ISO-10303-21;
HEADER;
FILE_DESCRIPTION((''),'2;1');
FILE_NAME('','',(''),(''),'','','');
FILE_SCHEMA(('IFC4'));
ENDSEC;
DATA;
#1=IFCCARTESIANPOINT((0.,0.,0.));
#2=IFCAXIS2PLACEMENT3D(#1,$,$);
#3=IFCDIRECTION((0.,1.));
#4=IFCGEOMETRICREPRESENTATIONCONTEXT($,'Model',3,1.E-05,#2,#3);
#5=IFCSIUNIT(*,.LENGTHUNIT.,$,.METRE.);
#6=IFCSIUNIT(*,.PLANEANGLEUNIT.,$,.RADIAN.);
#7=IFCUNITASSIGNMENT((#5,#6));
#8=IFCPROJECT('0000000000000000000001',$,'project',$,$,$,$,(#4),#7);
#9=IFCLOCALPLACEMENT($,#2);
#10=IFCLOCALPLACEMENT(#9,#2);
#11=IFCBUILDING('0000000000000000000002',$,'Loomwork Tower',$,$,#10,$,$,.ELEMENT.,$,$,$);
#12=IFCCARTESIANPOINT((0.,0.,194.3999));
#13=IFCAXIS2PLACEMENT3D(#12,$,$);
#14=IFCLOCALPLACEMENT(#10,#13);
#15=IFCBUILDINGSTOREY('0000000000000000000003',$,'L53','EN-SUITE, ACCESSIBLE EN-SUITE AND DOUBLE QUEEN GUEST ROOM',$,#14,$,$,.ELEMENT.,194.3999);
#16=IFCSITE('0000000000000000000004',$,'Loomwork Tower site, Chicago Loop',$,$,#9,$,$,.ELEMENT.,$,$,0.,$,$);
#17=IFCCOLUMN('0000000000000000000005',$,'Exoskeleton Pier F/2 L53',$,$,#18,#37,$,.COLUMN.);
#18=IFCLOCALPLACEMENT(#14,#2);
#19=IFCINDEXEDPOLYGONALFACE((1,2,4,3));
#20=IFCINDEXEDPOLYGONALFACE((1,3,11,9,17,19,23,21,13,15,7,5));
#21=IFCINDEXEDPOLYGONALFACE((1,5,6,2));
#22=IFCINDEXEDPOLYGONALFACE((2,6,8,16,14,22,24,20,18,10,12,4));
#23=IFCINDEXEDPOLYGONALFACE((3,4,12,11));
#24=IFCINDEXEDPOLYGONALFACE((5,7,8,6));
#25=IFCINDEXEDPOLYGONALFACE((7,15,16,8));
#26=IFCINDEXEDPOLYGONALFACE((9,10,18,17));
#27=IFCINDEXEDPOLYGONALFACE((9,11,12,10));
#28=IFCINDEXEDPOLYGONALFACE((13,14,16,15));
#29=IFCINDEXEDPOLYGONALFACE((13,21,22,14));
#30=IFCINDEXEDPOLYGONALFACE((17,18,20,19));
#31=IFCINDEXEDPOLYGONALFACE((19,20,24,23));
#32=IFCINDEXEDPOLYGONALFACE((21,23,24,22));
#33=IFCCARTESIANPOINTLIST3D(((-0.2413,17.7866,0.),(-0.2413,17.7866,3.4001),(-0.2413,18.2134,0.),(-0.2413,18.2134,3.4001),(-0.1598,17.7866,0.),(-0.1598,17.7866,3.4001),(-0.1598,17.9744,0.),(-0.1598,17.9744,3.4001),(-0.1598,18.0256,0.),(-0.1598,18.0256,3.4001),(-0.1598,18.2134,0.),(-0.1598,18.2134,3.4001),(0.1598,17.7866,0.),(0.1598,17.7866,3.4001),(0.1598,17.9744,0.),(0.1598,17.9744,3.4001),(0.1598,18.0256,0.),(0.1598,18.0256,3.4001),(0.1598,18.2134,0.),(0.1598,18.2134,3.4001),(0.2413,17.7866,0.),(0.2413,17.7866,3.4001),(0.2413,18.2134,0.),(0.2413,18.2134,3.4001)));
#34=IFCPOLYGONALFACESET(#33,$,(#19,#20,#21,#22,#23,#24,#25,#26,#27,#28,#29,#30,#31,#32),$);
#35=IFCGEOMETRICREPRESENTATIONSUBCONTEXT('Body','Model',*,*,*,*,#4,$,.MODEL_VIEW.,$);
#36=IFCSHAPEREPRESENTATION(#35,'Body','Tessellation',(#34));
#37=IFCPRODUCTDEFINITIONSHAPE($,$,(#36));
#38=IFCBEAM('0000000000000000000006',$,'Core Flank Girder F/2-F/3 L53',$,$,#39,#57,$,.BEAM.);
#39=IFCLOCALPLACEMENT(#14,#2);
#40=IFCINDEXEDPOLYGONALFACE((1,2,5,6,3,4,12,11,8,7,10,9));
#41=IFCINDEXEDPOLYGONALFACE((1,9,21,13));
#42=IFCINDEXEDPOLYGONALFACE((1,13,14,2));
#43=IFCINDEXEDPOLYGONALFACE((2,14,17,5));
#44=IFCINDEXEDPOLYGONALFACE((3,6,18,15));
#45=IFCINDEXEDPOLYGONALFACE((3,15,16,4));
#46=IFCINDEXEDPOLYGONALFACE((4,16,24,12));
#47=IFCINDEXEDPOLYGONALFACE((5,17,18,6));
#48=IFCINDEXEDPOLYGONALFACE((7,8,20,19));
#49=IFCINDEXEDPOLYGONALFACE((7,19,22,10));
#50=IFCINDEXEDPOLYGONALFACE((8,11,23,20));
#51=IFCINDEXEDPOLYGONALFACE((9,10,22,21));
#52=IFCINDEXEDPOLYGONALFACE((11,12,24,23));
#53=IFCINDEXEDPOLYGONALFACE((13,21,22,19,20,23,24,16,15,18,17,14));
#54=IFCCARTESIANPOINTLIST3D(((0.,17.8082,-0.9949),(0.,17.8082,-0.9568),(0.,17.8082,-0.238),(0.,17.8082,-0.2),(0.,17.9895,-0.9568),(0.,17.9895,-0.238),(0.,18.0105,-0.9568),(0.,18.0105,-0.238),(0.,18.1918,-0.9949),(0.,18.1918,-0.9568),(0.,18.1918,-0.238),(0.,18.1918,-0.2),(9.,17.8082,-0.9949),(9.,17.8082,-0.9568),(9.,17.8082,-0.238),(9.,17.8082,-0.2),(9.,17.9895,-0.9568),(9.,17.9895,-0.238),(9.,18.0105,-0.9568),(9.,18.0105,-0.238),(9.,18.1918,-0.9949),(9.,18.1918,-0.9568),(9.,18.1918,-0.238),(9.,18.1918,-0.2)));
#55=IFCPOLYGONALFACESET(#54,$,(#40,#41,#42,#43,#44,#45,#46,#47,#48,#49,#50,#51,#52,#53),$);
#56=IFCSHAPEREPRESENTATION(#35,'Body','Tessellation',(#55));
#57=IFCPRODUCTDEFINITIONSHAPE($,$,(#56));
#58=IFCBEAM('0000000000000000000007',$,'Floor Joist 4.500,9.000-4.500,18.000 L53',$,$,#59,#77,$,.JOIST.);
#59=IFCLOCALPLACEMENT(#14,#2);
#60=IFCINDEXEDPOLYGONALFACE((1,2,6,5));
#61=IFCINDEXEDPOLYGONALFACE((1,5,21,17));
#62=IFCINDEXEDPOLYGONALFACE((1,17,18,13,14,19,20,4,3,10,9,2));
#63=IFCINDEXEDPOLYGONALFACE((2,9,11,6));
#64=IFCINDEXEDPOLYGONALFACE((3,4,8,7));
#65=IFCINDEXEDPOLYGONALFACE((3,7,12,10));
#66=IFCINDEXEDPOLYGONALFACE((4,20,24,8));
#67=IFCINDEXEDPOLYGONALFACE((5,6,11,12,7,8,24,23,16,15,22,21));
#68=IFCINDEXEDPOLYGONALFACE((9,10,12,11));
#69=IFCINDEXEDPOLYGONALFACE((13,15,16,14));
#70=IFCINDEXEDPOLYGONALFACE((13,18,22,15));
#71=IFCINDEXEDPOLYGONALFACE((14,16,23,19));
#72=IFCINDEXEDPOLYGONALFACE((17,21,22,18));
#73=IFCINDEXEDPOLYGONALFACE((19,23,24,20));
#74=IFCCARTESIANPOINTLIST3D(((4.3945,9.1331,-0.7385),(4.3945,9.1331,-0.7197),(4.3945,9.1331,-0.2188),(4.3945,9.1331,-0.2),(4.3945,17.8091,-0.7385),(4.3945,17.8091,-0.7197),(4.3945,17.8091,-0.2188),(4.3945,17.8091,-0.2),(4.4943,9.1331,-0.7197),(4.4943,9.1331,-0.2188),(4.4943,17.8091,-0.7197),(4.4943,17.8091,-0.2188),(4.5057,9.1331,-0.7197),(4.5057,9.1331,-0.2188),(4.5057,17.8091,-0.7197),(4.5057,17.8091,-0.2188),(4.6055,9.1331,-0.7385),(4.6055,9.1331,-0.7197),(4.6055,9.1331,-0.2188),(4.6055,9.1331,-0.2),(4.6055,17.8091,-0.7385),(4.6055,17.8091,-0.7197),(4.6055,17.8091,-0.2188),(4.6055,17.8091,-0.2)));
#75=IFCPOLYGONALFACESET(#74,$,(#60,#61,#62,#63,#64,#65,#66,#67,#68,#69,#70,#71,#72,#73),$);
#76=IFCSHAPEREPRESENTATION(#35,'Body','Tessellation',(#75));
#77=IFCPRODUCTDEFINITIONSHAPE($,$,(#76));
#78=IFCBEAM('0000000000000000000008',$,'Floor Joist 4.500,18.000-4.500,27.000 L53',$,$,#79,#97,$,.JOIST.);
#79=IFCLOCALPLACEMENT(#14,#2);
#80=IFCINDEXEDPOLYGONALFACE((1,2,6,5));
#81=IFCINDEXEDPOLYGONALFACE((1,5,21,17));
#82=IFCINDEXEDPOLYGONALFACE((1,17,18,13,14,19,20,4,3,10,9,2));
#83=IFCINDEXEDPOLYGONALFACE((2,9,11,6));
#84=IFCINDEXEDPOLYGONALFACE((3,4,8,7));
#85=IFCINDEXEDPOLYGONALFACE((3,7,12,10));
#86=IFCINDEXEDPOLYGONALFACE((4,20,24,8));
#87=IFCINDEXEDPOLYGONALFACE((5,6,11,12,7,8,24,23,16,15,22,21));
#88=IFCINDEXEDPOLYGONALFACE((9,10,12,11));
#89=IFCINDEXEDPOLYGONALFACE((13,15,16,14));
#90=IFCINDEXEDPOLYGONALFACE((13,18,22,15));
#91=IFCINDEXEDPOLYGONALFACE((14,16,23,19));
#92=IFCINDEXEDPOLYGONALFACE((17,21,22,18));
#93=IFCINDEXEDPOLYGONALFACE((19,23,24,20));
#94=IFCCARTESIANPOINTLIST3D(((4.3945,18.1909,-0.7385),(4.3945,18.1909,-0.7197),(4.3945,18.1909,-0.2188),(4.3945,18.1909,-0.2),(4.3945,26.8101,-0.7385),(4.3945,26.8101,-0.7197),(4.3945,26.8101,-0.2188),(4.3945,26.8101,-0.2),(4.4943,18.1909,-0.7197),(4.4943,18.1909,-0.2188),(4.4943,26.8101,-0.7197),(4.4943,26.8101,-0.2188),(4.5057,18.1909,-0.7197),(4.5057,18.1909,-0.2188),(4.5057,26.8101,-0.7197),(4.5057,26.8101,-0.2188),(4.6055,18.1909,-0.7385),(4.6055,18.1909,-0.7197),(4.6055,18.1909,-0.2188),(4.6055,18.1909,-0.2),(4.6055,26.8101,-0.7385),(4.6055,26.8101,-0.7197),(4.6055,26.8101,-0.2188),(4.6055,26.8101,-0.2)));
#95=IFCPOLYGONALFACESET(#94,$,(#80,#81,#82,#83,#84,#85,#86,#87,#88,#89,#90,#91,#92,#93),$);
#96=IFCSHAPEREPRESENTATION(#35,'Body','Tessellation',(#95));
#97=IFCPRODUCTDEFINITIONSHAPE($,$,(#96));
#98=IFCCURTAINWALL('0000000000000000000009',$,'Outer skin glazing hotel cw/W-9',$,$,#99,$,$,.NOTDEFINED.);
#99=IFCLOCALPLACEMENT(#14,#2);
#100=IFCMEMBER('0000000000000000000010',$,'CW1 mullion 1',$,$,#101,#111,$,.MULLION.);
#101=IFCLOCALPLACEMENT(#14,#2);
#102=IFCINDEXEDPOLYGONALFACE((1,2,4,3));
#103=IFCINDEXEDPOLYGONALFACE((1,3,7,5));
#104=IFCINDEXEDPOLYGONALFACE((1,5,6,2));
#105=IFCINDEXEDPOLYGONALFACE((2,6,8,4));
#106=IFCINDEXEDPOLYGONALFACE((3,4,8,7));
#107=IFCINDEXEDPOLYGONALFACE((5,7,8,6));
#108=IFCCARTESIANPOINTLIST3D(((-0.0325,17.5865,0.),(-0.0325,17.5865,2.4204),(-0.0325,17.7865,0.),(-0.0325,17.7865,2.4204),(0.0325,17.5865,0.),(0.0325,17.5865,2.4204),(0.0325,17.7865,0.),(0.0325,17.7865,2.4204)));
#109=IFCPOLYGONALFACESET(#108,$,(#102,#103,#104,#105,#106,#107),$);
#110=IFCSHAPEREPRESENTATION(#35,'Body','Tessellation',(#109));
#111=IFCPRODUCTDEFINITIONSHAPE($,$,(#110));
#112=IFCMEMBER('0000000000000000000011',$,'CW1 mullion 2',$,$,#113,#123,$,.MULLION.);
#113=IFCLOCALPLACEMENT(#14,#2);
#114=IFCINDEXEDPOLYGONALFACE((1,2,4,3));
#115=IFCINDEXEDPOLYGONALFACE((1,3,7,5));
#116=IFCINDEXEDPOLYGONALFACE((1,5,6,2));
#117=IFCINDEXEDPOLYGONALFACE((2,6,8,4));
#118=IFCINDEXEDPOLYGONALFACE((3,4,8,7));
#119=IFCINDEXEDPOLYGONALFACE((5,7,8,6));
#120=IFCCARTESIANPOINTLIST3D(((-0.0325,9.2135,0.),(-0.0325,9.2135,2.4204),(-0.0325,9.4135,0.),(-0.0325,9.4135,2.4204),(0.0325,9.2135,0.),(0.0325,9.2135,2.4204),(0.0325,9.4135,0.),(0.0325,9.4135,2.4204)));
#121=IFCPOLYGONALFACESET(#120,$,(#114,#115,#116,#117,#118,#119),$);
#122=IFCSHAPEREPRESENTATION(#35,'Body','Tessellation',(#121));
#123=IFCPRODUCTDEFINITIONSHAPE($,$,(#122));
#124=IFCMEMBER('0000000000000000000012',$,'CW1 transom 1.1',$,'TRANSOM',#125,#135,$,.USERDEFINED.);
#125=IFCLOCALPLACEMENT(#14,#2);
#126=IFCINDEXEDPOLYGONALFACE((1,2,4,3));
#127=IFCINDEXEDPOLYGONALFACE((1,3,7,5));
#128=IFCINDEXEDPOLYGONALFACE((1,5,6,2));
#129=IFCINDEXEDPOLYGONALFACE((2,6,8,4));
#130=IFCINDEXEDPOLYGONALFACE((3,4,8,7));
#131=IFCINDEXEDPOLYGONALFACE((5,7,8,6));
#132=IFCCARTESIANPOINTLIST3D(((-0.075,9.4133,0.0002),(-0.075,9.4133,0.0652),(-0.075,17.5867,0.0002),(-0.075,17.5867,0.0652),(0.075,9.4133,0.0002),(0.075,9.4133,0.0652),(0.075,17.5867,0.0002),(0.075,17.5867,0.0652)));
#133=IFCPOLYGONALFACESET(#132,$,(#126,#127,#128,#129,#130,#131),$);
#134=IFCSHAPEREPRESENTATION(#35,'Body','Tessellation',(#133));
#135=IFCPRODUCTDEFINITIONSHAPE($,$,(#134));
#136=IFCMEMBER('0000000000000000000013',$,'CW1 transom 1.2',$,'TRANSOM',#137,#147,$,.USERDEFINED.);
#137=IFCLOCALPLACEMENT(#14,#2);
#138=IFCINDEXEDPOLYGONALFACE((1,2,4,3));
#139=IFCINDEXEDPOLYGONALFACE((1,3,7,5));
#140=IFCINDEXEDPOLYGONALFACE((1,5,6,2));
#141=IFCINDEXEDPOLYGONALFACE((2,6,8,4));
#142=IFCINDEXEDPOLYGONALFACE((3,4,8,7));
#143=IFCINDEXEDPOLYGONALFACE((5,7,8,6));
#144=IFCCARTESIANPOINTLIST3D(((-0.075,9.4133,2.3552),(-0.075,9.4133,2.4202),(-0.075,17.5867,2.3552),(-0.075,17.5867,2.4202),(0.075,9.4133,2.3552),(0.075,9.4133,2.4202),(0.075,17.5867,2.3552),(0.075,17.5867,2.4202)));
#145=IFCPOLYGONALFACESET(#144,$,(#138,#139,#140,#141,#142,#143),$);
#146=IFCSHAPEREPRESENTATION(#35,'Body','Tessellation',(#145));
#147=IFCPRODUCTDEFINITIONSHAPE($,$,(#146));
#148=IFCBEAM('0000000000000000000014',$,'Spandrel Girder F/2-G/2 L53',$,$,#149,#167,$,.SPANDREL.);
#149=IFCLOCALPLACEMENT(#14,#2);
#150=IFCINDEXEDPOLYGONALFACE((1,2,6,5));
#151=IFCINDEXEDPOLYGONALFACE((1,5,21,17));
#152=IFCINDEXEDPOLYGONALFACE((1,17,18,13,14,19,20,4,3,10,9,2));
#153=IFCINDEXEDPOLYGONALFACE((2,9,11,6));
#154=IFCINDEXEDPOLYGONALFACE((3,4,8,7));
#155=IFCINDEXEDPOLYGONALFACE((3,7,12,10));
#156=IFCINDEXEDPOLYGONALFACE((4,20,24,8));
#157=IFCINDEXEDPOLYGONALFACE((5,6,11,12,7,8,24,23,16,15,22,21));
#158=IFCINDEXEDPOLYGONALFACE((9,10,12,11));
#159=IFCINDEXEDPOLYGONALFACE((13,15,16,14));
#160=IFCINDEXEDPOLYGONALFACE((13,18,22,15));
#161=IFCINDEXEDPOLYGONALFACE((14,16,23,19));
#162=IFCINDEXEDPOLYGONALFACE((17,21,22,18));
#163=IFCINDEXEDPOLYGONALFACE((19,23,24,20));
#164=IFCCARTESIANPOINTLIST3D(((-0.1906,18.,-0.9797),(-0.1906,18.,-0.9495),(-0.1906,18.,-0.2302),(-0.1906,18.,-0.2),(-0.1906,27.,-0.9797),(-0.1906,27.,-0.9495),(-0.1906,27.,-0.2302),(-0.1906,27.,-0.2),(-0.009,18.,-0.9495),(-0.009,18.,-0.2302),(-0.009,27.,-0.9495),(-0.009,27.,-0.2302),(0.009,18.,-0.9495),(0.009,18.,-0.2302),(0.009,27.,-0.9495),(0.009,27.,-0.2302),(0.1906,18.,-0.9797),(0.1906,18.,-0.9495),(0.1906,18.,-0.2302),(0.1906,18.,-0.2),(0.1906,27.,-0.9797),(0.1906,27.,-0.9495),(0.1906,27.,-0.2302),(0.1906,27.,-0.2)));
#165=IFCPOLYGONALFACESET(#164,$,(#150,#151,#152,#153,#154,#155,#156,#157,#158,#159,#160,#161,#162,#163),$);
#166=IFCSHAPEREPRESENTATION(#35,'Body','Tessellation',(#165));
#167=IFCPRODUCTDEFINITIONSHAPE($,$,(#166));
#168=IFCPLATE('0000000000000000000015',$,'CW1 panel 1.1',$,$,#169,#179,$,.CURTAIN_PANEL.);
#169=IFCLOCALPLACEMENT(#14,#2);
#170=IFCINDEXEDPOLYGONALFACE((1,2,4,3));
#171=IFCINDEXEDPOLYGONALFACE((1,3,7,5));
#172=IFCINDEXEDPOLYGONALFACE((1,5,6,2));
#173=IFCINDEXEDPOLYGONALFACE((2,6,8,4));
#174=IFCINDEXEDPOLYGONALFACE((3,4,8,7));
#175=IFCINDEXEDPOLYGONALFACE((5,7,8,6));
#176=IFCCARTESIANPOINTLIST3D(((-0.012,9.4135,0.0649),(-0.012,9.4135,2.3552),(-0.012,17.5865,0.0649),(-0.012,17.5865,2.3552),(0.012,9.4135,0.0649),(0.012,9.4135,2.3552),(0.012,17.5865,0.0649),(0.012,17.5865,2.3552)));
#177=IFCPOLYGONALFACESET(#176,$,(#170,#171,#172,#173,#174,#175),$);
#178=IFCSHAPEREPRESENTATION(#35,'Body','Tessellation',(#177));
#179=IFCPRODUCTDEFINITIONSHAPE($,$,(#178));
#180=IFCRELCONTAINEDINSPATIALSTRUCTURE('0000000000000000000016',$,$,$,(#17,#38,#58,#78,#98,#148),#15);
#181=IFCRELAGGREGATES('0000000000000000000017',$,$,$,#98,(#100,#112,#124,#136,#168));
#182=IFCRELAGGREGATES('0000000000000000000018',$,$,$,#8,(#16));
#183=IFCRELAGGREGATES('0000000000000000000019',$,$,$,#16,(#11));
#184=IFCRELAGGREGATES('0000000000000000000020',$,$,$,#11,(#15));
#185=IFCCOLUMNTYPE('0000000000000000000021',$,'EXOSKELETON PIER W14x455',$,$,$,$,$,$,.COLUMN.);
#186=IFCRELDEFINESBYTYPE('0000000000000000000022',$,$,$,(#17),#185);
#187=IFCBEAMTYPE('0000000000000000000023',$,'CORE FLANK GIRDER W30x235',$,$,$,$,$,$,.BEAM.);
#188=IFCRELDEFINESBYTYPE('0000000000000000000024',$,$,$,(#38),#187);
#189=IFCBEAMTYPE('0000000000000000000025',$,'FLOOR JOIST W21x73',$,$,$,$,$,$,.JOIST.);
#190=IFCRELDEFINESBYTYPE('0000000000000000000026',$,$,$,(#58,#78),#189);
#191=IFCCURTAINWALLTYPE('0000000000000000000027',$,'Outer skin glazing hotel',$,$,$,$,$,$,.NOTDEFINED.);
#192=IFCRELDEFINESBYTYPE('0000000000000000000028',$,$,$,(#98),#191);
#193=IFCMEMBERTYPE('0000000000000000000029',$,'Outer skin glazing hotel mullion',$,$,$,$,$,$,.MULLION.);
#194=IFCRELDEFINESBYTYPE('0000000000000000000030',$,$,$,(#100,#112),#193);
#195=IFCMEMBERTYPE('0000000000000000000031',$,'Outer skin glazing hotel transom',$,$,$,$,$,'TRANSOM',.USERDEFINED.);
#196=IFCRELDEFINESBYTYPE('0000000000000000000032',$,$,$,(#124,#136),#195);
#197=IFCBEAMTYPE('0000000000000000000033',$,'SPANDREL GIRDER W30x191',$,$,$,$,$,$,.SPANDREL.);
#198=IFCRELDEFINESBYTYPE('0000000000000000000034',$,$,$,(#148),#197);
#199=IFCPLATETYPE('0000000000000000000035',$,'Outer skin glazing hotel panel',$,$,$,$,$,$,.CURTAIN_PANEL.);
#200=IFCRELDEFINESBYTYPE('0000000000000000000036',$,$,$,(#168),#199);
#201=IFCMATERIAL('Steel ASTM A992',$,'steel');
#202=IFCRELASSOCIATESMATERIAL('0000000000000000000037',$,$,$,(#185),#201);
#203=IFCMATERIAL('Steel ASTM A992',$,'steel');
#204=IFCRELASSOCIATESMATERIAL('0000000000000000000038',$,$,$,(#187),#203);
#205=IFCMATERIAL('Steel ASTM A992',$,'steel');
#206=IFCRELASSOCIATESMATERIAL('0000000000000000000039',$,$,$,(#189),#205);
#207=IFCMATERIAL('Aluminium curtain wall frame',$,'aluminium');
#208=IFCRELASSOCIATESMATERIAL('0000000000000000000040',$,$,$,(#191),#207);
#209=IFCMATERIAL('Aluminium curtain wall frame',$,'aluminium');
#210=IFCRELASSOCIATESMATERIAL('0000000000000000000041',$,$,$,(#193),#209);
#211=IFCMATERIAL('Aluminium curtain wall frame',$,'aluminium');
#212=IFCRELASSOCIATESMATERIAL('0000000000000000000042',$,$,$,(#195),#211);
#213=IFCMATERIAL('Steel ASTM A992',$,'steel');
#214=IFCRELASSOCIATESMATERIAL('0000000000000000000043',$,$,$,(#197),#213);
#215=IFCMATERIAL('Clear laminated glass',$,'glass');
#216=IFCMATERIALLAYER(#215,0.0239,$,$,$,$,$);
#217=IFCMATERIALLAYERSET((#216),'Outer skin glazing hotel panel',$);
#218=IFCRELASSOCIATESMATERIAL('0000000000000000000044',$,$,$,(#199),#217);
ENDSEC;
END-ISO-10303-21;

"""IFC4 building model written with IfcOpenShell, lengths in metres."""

from ifc_helpers import new_model, si_unit, direction, frame, origin, origin_2d, place, context, subcontext, project, spatial, rectangle, i_section, extrude, material, layer, layer_set, material_profile, profile_set, type_object, element, aggregate, save


model = new_model("IFC4")

# Units and contexts
model_context = context("Model", 3, precision=1e-05, world=origin(), true_north=direction((0.0, 1.0)))
body_context = subcontext(model_context, "Body", "Model", "MODEL_VIEW")
ifc_project = project(units=[si_unit("LENGTHUNIT", "METRE"), si_unit("PLANEANGLEUNIT", "RADIAN")], contexts=[model_context])

# Site, building, storey
site_placement = place(None, origin())
site = spatial("IfcSite", under=ifc_project, at=site_placement, Name="Loomwork Tower site, Chicago Loop", CompositionType="ELEMENT", RefElevation=0.0)
building_placement = place(site_placement, origin())
building = spatial("IfcBuilding", under=site, at=building_placement, Name="Loomwork Tower", CompositionType="ELEMENT")
storey_placement = place(building_placement, frame((0.0, 0.0, 194.3999)))
storey = spatial("IfcBuildingStorey", under=building, at=storey_placement, Name="L53", Description="EN-SUITE, ACCESSIBLE EN-SUITE AND DOUBLE QUEEN GUEST ROOM", CompositionType="ELEMENT", Elevation=194.3999)

# Column
ifc_material_1 = material(Name="Steel ASTM A992", Category="steel")
ifc_material_profile_1 = material_profile(ifc_material_1, i_section(OverallWidth=0.4268, OverallDepth=0.4827, WebThickness=0.0513, FlangeThickness=0.0815, at=origin_2d()), Name="W14x455")
ifc_profile_set_1 = profile_set([ifc_material_profile_1], Name="Steel ASTM A992")
column_type = type_object("IfcColumnType", Name="EXOSKELETON PIER W14x455", PredefinedType="COLUMN", material=ifc_profile_set_1)
column_placement = place(storey_placement, frame((0.0, 18.0, 0.0), z_axis=(0.0, 0.0, 1.0), x_axis=(0.0, 1.0, 0.0)))
element("IfcColumn", 1, at=column_placement, inside=storey, type_object=column_type, Name="Exoskeleton Pier F/2 L53", PredefinedType="COLUMN", context=body_context, shape_type="SweptSolid", body=[
    extrude(i_section(OverallWidth=0.4268, OverallDepth=0.4827, WebThickness=0.0513, FlangeThickness=0.0815, at=origin_2d()), origin(), (0.0, 0.0, 1.0), 3.4001),
])

# Beams
ifc_material_2 = material(Name="Steel ASTM A992", Category="steel")
ifc_material_profile_2 = material_profile(ifc_material_2, i_section(OverallWidth=0.3835, OverallDepth=0.7949, WebThickness=0.021, FlangeThickness=0.0381, at=origin_2d()), Name="W30x235")
ifc_profile_set_2 = profile_set([ifc_material_profile_2], Name="Steel ASTM A992")
beam_type_1 = type_object("IfcBeamType", Name="CORE FLANK GIRDER W30x235", PredefinedType="BEAM", material=ifc_profile_set_2)
beam_1_placement = place(storey_placement, frame((0.0, 18.0, -0.5974), z_axis=(1.0, 0.0, 0.0), x_axis=(0.0, 1.0, 0.0)))
element("IfcBeam", 2, at=beam_1_placement, inside=storey, type_object=beam_type_1, Name="Core Flank Girder F/2-F/3 L53", PredefinedType="BEAM", context=body_context, shape_type="SweptSolid", body=[
    extrude(i_section(OverallWidth=0.3835, OverallDepth=0.7949, WebThickness=0.021, FlangeThickness=0.0381, at=origin_2d()), origin(), (0.0, 0.0, 1.0), 9.0),
])
ifc_material_3 = material(Name="Steel ASTM A992", Category="steel")
ifc_material_profile_3 = material_profile(ifc_material_3, i_section(OverallWidth=0.2109, OverallDepth=0.5386, WebThickness=0.0115, FlangeThickness=0.0188, at=origin_2d()), Name="W21x73")
ifc_profile_set_3 = profile_set([ifc_material_profile_3], Name="Steel ASTM A992")
beam_type_2 = type_object("IfcBeamType", Name="FLOOR JOIST W21x73", PredefinedType="JOIST", material=ifc_profile_set_3)
beam_2_placement = place(storey_placement, frame((4.5, 9.1331, -0.4692), z_axis=(0.0, 1.0, 0.0), x_axis=(-1.0, 0.0, 0.0)))
element("IfcBeam", 3, at=beam_2_placement, inside=storey, type_object=beam_type_2, Name="Floor Joist 4.500,9.000-4.500,18.000 L53", PredefinedType="JOIST", context=body_context, shape_type="SweptSolid", body=[
    extrude(i_section(OverallWidth=0.2109, OverallDepth=0.5386, WebThickness=0.0115, FlangeThickness=0.0188, at=origin_2d()), origin(), (0.0, 0.0, 1.0), 8.676),
])
beam_3_placement = place(storey_placement, frame((4.5, 18.1909, -0.4692), z_axis=(0.0, 1.0, 0.0), x_axis=(-1.0, 0.0, 0.0)))
element("IfcBeam", 4, at=beam_3_placement, inside=storey, type_object=beam_type_2, Name="Floor Joist 4.500,18.000-4.500,27.000 L53", PredefinedType="JOIST", context=body_context, shape_type="SweptSolid", body=[
    extrude(i_section(OverallWidth=0.2109, OverallDepth=0.5386, WebThickness=0.0115, FlangeThickness=0.0188, at=origin_2d()), origin(), (0.0, 0.0, 1.0), 8.6191),
])

# Curtain wall, members
ifc_material_4 = material(Name="Aluminium curtain wall frame", Category="aluminium")
curtain_wall_type = type_object("IfcCurtainWallType", Name="Outer skin glazing hotel", PredefinedType="NOTDEFINED", material=ifc_material_4)
curtain_wall_placement = place(storey_placement, origin())
curtain_wall = element("IfcCurtainWall", 5, at=curtain_wall_placement, inside=storey, type_object=curtain_wall_type, Name="Outer skin glazing hotel cw/W-9", PredefinedType="NOTDEFINED")
ifc_material_5 = material(Name="Aluminium curtain wall frame", Category="aluminium")
ifc_material_profile_4 = material_profile(ifc_material_5, rectangle(XDim=0.0649, YDim=0.2, at=origin_2d()), Name="AL 65x200")
ifc_profile_set_4 = profile_set([ifc_material_profile_4], Name="Aluminium curtain wall frame")
member_type_1 = type_object("IfcMemberType", Name="Outer skin glazing hotel mullion", PredefinedType="MULLION", material=ifc_profile_set_4)
member_1_placement = place(storey_placement, frame((0.0, 17.6865, 0.0), z_axis=(0.0, 0.0, 1.0), x_axis=(1.0, 0.0, 0.0)))
member_1 = element("IfcMember", 6, at=member_1_placement, type_object=member_type_1, Name="CW1 mullion 1", PredefinedType="MULLION", context=body_context, shape_type="SweptSolid", body=[
    extrude(rectangle(XDim=0.0649, YDim=0.2, at=origin_2d()), origin(), (0.0, 0.0, 1.0), 2.4204),
])
member_2_placement = place(storey_placement, frame((0.0, 9.3135, 0.0), z_axis=(0.0, 0.0, 1.0), x_axis=(1.0, 0.0, 0.0)))
member_2 = element("IfcMember", 7, at=member_2_placement, type_object=member_type_1, Name="CW1 mullion 2", PredefinedType="MULLION", context=body_context, shape_type="SweptSolid", body=[
    extrude(rectangle(XDim=0.0649, YDim=0.2, at=origin_2d()), origin(), (0.0, 0.0, 1.0), 2.4204),
])
ifc_material_6 = material(Name="Aluminium curtain wall frame", Category="aluminium")
ifc_material_profile_5 = material_profile(ifc_material_6, rectangle(XDim=0.1499, YDim=0.0649, at=origin_2d()), Name="AL 65x150")
ifc_profile_set_5 = profile_set([ifc_material_profile_5], Name="Aluminium curtain wall frame")
member_type_2 = type_object("IfcMemberType", Name="Outer skin glazing hotel transom", ElementType="TRANSOM", PredefinedType="USERDEFINED", material=ifc_profile_set_5)
member_3_placement = place(storey_placement, frame((0.0, 17.5867, 0.0327), z_axis=(0.0, -1.0, 0.0), x_axis=(1.0, 0.0, 0.0)))
member_3 = element("IfcMember", 8, at=member_3_placement, type_object=member_type_2, Name="CW1 transom 1.1", ObjectType="TRANSOM", PredefinedType="USERDEFINED", context=body_context, shape_type="SweptSolid", body=[
    extrude(rectangle(XDim=0.1499, YDim=0.0649, at=origin_2d()), origin(), (0.0, 0.0, 1.0), 8.1733),
])
member_4_placement = place(storey_placement, frame((0.0, 17.5867, 2.3877), z_axis=(0.0, -1.0, 0.0), x_axis=(1.0, 0.0, 0.0)))
member_4 = element("IfcMember", 9, at=member_4_placement, type_object=member_type_2, Name="CW1 transom 1.2", ObjectType="TRANSOM", PredefinedType="USERDEFINED", context=body_context, shape_type="SweptSolid", body=[
    extrude(rectangle(XDim=0.1499, YDim=0.0649, at=origin_2d()), origin(), (0.0, 0.0, 1.0), 8.1733),
])

# Beam
ifc_material_7 = material(Name="Steel ASTM A992", Category="steel")
ifc_material_profile_6 = material_profile(ifc_material_7, i_section(OverallWidth=0.3811, OverallDepth=0.7798, WebThickness=0.0181, FlangeThickness=0.0303, at=origin_2d()), Name="W30x191")
ifc_profile_set_6 = profile_set([ifc_material_profile_6], Name="Steel ASTM A992")
beam_type_3 = type_object("IfcBeamType", Name="SPANDREL GIRDER W30x191", PredefinedType="SPANDREL", material=ifc_profile_set_6)
beam_4_placement = place(storey_placement, frame((0.0, 18.0, -0.5898), z_axis=(0.0, 1.0, 0.0), x_axis=(-1.0, 0.0, 0.0)))
element("IfcBeam", 10, at=beam_4_placement, inside=storey, type_object=beam_type_3, Name="Spandrel Girder F/2-G/2 L53", PredefinedType="SPANDREL", context=body_context, shape_type="SweptSolid", body=[
    extrude(i_section(OverallWidth=0.3811, OverallDepth=0.7798, WebThickness=0.0181, FlangeThickness=0.0303, at=origin_2d()), origin(), (0.0, 0.0, 1.0), 9.0),
])

# Plate
ifc_material_8 = material(Name="Clear laminated glass", Category="glass")
ifc_layer_1 = layer(ifc_material_8, 0.0239)
ifc_layer_set_1 = layer_set([ifc_layer_1], Name="Outer skin glazing hotel panel")
plate_type = type_object("IfcPlateType", Name="Outer skin glazing hotel panel", PredefinedType="CURTAIN_PANEL", material=ifc_layer_set_1)
plate_placement = place(storey_placement, frame((0.0, 13.5, 0.0649), z_axis=(0.0, 0.0, 1.0), x_axis=(0.0, -1.0, 0.0)))
plate = element("IfcPlate", 11, at=plate_placement, type_object=plate_type, Name="CW1 panel 1.1", PredefinedType="CURTAIN_PANEL", context=body_context, shape_type="SweptSolid", body=[
    extrude(rectangle(XDim=8.1731, YDim=0.0239, at=origin_2d()), origin(), (0.0, 0.0, 1.0), 2.2903),
])
aggregate(curtain_wall, [member_1, member_2, member_3, member_4, plate])

save(model, "model.ifc")
